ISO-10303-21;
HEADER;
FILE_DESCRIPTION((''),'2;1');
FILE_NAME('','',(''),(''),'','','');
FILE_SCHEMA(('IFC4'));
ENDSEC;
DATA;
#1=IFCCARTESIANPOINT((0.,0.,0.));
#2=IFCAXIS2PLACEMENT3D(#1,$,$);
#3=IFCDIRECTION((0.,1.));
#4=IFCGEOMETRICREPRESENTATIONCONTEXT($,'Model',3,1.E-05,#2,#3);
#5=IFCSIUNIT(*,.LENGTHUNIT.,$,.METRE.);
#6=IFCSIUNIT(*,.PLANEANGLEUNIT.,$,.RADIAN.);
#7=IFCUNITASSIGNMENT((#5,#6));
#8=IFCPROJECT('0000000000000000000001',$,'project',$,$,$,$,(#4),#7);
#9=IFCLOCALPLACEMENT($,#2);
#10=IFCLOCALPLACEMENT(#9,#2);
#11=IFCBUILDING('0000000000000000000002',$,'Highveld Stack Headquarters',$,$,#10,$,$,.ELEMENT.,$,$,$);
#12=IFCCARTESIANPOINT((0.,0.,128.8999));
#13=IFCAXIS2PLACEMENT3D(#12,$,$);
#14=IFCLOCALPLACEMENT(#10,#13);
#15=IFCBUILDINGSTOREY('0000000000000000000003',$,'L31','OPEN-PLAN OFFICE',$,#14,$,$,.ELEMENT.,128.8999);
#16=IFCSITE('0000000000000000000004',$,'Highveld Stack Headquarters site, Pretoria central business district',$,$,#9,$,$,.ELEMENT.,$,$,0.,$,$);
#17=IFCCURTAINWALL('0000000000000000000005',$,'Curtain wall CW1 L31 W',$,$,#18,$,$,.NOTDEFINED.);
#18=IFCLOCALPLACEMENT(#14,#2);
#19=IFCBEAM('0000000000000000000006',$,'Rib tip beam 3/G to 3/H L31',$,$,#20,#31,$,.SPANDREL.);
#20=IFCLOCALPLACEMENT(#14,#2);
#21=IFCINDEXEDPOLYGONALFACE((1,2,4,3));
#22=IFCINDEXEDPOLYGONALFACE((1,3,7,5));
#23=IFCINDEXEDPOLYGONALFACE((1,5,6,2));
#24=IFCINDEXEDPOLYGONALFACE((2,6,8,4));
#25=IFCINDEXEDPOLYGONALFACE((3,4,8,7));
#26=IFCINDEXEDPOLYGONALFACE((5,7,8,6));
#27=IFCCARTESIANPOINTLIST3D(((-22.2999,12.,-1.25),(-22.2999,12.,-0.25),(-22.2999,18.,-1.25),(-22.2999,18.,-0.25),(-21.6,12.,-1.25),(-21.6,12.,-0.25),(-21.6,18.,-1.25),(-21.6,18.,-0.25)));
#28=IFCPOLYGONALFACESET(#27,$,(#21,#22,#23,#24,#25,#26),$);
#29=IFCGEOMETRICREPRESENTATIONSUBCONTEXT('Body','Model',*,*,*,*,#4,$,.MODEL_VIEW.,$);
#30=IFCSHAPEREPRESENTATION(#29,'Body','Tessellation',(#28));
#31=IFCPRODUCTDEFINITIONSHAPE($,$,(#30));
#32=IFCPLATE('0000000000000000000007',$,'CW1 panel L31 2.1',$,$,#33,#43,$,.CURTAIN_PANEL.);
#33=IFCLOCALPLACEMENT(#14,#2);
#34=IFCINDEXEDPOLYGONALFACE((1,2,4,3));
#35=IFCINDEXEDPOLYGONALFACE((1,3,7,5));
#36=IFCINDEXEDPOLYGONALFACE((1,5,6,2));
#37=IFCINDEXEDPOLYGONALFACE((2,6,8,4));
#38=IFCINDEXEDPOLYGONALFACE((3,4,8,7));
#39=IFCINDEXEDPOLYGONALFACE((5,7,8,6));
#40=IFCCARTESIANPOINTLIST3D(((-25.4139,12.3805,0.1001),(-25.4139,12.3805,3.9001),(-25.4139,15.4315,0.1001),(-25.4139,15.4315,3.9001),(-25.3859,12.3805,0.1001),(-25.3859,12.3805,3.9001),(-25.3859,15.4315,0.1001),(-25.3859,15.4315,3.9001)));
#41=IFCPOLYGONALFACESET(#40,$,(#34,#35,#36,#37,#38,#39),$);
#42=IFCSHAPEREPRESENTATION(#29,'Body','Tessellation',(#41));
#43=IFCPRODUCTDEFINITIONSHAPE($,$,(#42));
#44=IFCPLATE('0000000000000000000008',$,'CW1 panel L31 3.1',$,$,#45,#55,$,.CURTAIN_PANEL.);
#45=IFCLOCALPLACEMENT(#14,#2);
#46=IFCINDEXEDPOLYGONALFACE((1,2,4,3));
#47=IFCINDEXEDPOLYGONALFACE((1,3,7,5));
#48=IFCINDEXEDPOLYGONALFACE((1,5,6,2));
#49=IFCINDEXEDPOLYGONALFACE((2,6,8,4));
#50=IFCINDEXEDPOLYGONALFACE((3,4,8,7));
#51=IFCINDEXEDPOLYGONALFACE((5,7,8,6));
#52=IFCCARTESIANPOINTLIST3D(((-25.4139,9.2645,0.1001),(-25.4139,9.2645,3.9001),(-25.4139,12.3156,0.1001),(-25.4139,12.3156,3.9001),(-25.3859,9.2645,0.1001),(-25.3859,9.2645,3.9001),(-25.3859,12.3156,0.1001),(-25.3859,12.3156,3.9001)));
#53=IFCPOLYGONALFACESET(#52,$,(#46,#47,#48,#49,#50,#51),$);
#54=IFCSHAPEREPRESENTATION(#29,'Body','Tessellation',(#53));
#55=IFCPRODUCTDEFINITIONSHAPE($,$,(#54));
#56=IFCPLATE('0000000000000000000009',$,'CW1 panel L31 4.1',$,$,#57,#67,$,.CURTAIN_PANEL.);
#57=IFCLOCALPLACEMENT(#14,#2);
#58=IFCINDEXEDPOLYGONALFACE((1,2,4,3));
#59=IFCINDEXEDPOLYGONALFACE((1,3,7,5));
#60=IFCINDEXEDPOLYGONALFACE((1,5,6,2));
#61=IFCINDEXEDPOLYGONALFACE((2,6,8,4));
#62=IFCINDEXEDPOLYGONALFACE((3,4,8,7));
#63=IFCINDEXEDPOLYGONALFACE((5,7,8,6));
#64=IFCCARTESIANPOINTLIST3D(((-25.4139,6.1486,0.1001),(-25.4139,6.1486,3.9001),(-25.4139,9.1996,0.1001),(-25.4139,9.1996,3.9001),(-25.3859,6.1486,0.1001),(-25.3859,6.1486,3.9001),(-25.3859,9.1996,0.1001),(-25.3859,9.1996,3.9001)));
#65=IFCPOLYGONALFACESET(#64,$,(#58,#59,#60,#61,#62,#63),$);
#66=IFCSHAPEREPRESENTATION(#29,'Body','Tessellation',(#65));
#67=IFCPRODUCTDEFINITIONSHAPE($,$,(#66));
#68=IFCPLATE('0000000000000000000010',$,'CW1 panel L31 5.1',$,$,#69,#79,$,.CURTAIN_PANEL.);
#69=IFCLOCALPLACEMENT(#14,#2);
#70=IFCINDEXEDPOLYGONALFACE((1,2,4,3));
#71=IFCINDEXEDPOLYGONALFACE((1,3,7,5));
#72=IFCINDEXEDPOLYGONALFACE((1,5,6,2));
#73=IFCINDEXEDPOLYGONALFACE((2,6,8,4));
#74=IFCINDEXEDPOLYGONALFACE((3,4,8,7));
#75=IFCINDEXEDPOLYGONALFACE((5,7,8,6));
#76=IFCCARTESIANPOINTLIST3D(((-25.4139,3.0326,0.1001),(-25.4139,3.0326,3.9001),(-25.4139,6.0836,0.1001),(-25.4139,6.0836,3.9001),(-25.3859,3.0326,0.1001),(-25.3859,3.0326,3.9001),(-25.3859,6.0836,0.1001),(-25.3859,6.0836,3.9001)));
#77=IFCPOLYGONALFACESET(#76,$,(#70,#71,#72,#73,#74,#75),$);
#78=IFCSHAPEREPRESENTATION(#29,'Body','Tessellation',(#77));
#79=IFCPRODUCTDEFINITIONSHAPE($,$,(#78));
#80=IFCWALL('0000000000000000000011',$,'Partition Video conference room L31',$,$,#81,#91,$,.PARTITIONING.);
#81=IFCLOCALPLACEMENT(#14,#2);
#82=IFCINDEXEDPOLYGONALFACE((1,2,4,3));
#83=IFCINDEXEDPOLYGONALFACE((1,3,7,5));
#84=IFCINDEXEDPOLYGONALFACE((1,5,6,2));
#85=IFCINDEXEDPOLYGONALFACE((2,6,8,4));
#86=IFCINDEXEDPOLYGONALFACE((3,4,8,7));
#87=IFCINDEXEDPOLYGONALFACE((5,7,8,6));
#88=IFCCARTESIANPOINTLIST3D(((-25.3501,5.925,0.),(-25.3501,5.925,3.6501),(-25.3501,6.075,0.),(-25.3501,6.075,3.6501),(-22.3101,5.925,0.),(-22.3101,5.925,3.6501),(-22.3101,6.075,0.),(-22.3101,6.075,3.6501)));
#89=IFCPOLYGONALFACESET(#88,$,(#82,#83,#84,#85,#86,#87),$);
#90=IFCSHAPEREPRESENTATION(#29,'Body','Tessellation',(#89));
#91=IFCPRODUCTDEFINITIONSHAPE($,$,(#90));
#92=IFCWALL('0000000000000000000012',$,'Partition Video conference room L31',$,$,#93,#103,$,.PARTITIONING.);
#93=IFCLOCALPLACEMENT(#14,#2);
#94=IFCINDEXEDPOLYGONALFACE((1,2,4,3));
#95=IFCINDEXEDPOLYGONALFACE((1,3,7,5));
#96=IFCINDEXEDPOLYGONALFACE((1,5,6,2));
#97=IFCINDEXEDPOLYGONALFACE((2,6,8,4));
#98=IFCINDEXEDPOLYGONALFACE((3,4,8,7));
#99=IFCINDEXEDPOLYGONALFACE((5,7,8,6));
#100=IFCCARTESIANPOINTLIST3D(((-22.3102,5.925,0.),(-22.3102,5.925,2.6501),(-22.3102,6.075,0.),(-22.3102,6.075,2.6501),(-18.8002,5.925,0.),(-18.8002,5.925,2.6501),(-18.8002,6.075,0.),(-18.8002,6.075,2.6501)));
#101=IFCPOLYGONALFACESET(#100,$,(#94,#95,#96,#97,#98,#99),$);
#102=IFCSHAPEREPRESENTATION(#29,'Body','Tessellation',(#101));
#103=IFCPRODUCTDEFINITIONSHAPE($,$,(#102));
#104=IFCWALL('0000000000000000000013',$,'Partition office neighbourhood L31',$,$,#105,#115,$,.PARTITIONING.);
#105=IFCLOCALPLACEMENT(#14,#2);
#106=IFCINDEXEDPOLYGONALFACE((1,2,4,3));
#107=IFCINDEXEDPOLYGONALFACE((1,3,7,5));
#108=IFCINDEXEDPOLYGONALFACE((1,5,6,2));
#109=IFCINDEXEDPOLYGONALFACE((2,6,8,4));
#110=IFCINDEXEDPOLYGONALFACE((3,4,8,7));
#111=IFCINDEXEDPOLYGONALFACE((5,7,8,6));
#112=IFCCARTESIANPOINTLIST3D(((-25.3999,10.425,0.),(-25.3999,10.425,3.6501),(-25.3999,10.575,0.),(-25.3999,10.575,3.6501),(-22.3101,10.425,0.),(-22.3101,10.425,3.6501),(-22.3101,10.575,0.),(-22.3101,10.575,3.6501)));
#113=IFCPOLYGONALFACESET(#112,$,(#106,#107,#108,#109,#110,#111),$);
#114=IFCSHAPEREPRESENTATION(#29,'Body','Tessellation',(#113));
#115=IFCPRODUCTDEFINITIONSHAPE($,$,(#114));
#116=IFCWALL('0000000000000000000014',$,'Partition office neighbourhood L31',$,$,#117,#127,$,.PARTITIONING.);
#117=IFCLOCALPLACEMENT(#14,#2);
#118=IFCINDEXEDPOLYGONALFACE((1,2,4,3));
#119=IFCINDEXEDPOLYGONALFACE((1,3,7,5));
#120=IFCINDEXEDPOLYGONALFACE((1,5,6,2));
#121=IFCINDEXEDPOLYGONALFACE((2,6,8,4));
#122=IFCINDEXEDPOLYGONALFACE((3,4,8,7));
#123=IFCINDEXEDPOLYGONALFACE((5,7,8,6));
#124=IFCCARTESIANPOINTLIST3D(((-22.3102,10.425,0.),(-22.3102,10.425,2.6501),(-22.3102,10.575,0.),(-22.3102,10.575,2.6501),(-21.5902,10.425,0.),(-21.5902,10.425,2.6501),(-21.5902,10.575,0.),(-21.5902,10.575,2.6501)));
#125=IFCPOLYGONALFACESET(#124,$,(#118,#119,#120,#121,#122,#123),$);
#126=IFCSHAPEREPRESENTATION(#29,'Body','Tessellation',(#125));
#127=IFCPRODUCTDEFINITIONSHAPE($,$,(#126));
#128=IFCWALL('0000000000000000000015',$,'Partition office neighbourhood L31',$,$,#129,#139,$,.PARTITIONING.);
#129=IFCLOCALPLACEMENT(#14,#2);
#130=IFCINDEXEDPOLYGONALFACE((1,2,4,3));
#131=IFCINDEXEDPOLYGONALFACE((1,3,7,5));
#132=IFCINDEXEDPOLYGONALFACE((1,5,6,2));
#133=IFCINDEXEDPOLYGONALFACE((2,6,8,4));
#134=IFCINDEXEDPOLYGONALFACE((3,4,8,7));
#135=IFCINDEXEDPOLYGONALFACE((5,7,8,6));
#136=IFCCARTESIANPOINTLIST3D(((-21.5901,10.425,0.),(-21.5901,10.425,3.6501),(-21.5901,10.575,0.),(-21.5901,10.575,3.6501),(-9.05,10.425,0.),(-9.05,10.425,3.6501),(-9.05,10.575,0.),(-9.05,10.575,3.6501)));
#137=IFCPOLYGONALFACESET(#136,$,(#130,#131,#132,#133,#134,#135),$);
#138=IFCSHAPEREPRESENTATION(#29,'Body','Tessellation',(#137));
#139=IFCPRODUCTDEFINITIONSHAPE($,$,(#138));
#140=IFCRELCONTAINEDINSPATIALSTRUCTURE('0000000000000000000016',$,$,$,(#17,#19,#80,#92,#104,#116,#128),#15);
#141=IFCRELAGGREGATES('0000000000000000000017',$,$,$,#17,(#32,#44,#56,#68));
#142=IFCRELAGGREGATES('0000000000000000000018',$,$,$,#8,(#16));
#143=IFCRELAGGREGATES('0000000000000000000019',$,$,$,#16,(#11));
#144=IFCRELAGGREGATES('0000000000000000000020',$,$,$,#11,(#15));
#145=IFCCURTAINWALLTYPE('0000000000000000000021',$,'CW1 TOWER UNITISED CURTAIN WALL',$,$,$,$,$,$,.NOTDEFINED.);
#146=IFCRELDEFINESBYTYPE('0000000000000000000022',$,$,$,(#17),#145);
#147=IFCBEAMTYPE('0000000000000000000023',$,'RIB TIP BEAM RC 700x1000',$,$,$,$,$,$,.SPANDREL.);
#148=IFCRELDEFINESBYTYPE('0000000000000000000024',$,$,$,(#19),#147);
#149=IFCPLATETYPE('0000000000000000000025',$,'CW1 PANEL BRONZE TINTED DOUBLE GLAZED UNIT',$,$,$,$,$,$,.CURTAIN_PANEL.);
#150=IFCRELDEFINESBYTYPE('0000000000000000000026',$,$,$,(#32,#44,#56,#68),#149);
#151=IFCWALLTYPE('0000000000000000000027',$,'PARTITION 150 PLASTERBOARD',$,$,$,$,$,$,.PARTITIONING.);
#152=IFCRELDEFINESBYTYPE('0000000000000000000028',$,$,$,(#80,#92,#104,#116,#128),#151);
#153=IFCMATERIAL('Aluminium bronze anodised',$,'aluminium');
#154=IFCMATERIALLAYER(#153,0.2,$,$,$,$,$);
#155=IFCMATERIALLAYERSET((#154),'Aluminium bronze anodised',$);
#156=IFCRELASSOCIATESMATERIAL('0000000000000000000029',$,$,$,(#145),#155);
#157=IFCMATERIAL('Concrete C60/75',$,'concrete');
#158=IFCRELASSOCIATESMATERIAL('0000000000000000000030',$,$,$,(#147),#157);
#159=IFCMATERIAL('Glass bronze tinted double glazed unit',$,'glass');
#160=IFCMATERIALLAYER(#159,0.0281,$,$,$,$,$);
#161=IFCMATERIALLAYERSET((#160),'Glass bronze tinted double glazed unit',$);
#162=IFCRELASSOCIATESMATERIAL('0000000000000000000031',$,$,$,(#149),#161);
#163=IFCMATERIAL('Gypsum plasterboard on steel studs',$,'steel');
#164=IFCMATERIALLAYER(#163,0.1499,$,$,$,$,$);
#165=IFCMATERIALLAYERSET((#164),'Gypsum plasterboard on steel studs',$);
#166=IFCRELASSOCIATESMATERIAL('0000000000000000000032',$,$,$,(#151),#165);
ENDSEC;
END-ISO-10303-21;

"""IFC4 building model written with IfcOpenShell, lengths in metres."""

from ifc_helpers import new_model, si_unit, direction, frame, frame_2d, origin, origin_2d, place, context, subcontext, project, spatial, rectangle, extrude, material, layer, layer_set, material_profile, profile_set, type_object, element, aggregate, save


model = new_model("IFC4")

# Units and contexts
model_context = context("Model", 3, precision=1e-05, world=origin(), true_north=direction((0.0, 1.0)))
body_context = subcontext(model_context, "Body", "Model", "MODEL_VIEW")
ifc_project = project(units=[si_unit("LENGTHUNIT", "METRE"), si_unit("PLANEANGLEUNIT", "RADIAN")], contexts=[model_context])

# Site, building, storey
site_placement = place(None, origin())
site = spatial("IfcSite", under=ifc_project, at=site_placement, Name="Highveld Stack Headquarters site, Pretoria central business district", CompositionType="ELEMENT", RefElevation=0.0)
building_placement = place(site_placement, origin())
building = spatial("IfcBuilding", under=site, at=building_placement, Name="Highveld Stack Headquarters", CompositionType="ELEMENT")
storey_placement = place(building_placement, frame((0.0, 0.0, 128.8999)))
storey = spatial("IfcBuildingStorey", under=building, at=storey_placement, Name="L31", Description="OPEN-PLAN OFFICE", CompositionType="ELEMENT", Elevation=128.8999)

# Curtain wall
ifc_material_1 = material(Name="Aluminium bronze anodised", Category="aluminium")
ifc_layer_1 = layer(ifc_material_1, 0.2)
ifc_layer_set_1 = layer_set([ifc_layer_1], Name="Aluminium bronze anodised")
curtain_wall_type = type_object("IfcCurtainWallType", Name="CW1 TOWER UNITISED CURTAIN WALL", PredefinedType="NOTDEFINED", material=ifc_layer_set_1)
curtain_wall_placement = place(storey_placement, origin())
curtain_wall = element("IfcCurtainWall", 1, at=curtain_wall_placement, inside=storey, type_object=curtain_wall_type, Name="Curtain wall CW1 L31 W", PredefinedType="NOTDEFINED")

# Beam
ifc_material_2 = material(Name="Concrete C60/75", Category="concrete")
ifc_material_profile_1 = material_profile(ifc_material_2, rectangle(XDim=0.7, YDim=1.0, at=origin_2d()), Name="RC 700x1000")
ifc_profile_set_1 = profile_set([ifc_material_profile_1], Name="Concrete C60/75")
beam_type_1 = type_object("IfcBeamType", Name="RIB TIP BEAM RC 700x1000", PredefinedType="SPANDREL", material=ifc_profile_set_1)
for number, where, z_axis, x_axis, name in (
    (2, (-21.95, 12.0, -0.75), (0.0, 1.0, 0.0), (-1.0, 0.0, 0.0), "Rib tip beam 3/G to 3/H L31"),
):
    element("IfcBeam", number, at=place(storey_placement, frame(where, z_axis=z_axis, x_axis=x_axis)), inside=storey, type_object=beam_type_1, Name=name, PredefinedType="SPANDREL", context=body_context, shape_type="SweptSolid", body=[
        extrude(rectangle(XDim=0.7, YDim=1.0, at=origin_2d()), origin(), (0.0, 0.0, 1.0), 6.0),
    ])

# Plates
ifc_material_3 = material(Name="Glass bronze tinted double glazed unit", Category="glass")
ifc_layer_2 = layer(ifc_material_3, 0.0281)
ifc_layer_set_2 = layer_set([ifc_layer_2], Name="Glass bronze tinted double glazed unit")
plate_type = type_object("IfcPlateType", Name="CW1 PANEL BRONZE TINTED DOUBLE GLAZED UNIT", PredefinedType="CURTAIN_PANEL", material=ifc_layer_set_2)
plate_1_placement = place(storey_placement, frame((-25.3999, 13.906, 0.1001), z_axis=(0.0, 0.0, 1.0), x_axis=(0.0, -1.0, 0.0)))
plate_1 = element("IfcPlate", 3, at=plate_1_placement, type_object=plate_type, Name="CW1 panel L31 2.1", PredefinedType="CURTAIN_PANEL", context=body_context, shape_type="SweptSolid", body=[
    extrude(rectangle(XDim=3.051, YDim=0.0281, at=origin_2d()), origin(), (0.0, 0.0, 1.0), 3.8),
])
plate_2_placement = place(storey_placement, frame((-25.3999, 10.79, 0.1001), z_axis=(0.0, 0.0, 1.0), x_axis=(0.0, -1.0, 0.0)))
plate_2 = element("IfcPlate", 4, at=plate_2_placement, type_object=plate_type, Name="CW1 panel L31 3.1", PredefinedType="CURTAIN_PANEL", context=body_context, shape_type="SweptSolid", body=[
    extrude(rectangle(XDim=3.051, YDim=0.0281, at=origin_2d()), origin(), (0.0, 0.0, 1.0), 3.8),
])
plate_3_placement = place(storey_placement, frame((-25.3999, 7.6741, 0.1001), z_axis=(0.0, 0.0, 1.0), x_axis=(0.0, -1.0, 0.0)))
plate_3 = element("IfcPlate", 5, at=plate_3_placement, type_object=plate_type, Name="CW1 panel L31 4.1", PredefinedType="CURTAIN_PANEL", context=body_context, shape_type="SweptSolid", body=[
    extrude(rectangle(XDim=3.051, YDim=0.0281, at=origin_2d()), origin(), (0.0, 0.0, 1.0), 3.8),
])
plate_4_placement = place(storey_placement, frame((-25.3999, 4.5581, 0.1001), z_axis=(0.0, 0.0, 1.0), x_axis=(0.0, -1.0, 0.0)))
plate_4 = element("IfcPlate", 6, at=plate_4_placement, type_object=plate_type, Name="CW1 panel L31 5.1", PredefinedType="CURTAIN_PANEL", context=body_context, shape_type="SweptSolid", body=[
    extrude(rectangle(XDim=3.051, YDim=0.0281, at=origin_2d()), origin(), (0.0, 0.0, 1.0), 3.8),
])
aggregate(curtain_wall, [plate_1, plate_2, plate_3, plate_4])

# Walls
ifc_material_4 = material(Name="Gypsum plasterboard on steel studs", Category="steel")
ifc_layer_3 = layer(ifc_material_4, 0.1499)
ifc_layer_set_3 = layer_set([ifc_layer_3], Name="Gypsum plasterboard on steel studs")
wall_type = type_object("IfcWallType", Name="PARTITION 150 PLASTERBOARD", PredefinedType="PARTITIONING", material=ifc_layer_set_3)
wall_1_placement = place(storey_placement, frame((-25.3501, 6.0, 0.0), z_axis=(0.0, 0.0, 1.0), x_axis=(1.0, 0.0, 0.0)))
element("IfcWall", 7, at=wall_1_placement, inside=storey, type_object=wall_type, Name="Partition Video conference room L31", PredefinedType="PARTITIONING", context=body_context, shape_type="SweptSolid", body=[
    extrude(rectangle(XDim=3.04, YDim=0.1499, at=frame_2d((1.52, 0.0))), origin(), (0.0, 0.0, 1.0), 3.6501),
])
wall_2_placement = place(storey_placement, frame((-22.3101, 6.0, 0.0), z_axis=(0.0, 0.0, 1.0), x_axis=(1.0, 0.0, 0.0)))
element("IfcWall", 8, at=wall_2_placement, inside=storey, type_object=wall_type, Name="Partition Video conference room L31", PredefinedType="PARTITIONING", context=body_context, shape_type="SweptSolid", body=[
    extrude(rectangle(XDim=3.51, YDim=0.1499, at=frame_2d((1.7549, 0.0))), origin(), (0.0, 0.0, 1.0), 2.6501),
])
wall_3_placement = place(storey_placement, frame((-25.3999, 10.5, 0.0), z_axis=(0.0, 0.0, 1.0), x_axis=(1.0, 0.0, 0.0)))
element("IfcWall", 9, at=wall_3_placement, inside=storey, type_object=wall_type, Name="Partition office neighbourhood L31", PredefinedType="PARTITIONING", context=body_context, shape_type="SweptSolid", body=[
    extrude(rectangle(XDim=3.0898, YDim=0.1499, at=frame_2d((1.5449, 0.0))), origin(), (0.0, 0.0, 1.0), 3.6501),
])
wall_4_placement = place(storey_placement, frame((-22.3101, 10.5, 0.0), z_axis=(0.0, 0.0, 1.0), x_axis=(1.0, 0.0, 0.0)))
element("IfcWall", 10, at=wall_4_placement, inside=storey, type_object=wall_type, Name="Partition office neighbourhood L31", PredefinedType="PARTITIONING", context=body_context, shape_type="SweptSolid", body=[
    extrude(rectangle(XDim=0.72, YDim=0.1499, at=frame_2d((0.3599, 0.0))), origin(), (0.0, 0.0, 1.0), 2.6501),
])
wall_5_placement = place(storey_placement, frame((-21.5901, 10.5, 0.0), z_axis=(0.0, 0.0, 1.0), x_axis=(1.0, 0.0, 0.0)))
element("IfcWall", 11, at=wall_5_placement, inside=storey, type_object=wall_type, Name="Partition office neighbourhood L31", PredefinedType="PARTITIONING", context=body_context, shape_type="SweptSolid", body=[
    extrude(rectangle(XDim=12.54, YDim=0.1499, at=frame_2d((6.27, 0.0))), origin(), (0.0, 0.0, 1.0), 3.6501),
])

save(model, "model.ifc")
